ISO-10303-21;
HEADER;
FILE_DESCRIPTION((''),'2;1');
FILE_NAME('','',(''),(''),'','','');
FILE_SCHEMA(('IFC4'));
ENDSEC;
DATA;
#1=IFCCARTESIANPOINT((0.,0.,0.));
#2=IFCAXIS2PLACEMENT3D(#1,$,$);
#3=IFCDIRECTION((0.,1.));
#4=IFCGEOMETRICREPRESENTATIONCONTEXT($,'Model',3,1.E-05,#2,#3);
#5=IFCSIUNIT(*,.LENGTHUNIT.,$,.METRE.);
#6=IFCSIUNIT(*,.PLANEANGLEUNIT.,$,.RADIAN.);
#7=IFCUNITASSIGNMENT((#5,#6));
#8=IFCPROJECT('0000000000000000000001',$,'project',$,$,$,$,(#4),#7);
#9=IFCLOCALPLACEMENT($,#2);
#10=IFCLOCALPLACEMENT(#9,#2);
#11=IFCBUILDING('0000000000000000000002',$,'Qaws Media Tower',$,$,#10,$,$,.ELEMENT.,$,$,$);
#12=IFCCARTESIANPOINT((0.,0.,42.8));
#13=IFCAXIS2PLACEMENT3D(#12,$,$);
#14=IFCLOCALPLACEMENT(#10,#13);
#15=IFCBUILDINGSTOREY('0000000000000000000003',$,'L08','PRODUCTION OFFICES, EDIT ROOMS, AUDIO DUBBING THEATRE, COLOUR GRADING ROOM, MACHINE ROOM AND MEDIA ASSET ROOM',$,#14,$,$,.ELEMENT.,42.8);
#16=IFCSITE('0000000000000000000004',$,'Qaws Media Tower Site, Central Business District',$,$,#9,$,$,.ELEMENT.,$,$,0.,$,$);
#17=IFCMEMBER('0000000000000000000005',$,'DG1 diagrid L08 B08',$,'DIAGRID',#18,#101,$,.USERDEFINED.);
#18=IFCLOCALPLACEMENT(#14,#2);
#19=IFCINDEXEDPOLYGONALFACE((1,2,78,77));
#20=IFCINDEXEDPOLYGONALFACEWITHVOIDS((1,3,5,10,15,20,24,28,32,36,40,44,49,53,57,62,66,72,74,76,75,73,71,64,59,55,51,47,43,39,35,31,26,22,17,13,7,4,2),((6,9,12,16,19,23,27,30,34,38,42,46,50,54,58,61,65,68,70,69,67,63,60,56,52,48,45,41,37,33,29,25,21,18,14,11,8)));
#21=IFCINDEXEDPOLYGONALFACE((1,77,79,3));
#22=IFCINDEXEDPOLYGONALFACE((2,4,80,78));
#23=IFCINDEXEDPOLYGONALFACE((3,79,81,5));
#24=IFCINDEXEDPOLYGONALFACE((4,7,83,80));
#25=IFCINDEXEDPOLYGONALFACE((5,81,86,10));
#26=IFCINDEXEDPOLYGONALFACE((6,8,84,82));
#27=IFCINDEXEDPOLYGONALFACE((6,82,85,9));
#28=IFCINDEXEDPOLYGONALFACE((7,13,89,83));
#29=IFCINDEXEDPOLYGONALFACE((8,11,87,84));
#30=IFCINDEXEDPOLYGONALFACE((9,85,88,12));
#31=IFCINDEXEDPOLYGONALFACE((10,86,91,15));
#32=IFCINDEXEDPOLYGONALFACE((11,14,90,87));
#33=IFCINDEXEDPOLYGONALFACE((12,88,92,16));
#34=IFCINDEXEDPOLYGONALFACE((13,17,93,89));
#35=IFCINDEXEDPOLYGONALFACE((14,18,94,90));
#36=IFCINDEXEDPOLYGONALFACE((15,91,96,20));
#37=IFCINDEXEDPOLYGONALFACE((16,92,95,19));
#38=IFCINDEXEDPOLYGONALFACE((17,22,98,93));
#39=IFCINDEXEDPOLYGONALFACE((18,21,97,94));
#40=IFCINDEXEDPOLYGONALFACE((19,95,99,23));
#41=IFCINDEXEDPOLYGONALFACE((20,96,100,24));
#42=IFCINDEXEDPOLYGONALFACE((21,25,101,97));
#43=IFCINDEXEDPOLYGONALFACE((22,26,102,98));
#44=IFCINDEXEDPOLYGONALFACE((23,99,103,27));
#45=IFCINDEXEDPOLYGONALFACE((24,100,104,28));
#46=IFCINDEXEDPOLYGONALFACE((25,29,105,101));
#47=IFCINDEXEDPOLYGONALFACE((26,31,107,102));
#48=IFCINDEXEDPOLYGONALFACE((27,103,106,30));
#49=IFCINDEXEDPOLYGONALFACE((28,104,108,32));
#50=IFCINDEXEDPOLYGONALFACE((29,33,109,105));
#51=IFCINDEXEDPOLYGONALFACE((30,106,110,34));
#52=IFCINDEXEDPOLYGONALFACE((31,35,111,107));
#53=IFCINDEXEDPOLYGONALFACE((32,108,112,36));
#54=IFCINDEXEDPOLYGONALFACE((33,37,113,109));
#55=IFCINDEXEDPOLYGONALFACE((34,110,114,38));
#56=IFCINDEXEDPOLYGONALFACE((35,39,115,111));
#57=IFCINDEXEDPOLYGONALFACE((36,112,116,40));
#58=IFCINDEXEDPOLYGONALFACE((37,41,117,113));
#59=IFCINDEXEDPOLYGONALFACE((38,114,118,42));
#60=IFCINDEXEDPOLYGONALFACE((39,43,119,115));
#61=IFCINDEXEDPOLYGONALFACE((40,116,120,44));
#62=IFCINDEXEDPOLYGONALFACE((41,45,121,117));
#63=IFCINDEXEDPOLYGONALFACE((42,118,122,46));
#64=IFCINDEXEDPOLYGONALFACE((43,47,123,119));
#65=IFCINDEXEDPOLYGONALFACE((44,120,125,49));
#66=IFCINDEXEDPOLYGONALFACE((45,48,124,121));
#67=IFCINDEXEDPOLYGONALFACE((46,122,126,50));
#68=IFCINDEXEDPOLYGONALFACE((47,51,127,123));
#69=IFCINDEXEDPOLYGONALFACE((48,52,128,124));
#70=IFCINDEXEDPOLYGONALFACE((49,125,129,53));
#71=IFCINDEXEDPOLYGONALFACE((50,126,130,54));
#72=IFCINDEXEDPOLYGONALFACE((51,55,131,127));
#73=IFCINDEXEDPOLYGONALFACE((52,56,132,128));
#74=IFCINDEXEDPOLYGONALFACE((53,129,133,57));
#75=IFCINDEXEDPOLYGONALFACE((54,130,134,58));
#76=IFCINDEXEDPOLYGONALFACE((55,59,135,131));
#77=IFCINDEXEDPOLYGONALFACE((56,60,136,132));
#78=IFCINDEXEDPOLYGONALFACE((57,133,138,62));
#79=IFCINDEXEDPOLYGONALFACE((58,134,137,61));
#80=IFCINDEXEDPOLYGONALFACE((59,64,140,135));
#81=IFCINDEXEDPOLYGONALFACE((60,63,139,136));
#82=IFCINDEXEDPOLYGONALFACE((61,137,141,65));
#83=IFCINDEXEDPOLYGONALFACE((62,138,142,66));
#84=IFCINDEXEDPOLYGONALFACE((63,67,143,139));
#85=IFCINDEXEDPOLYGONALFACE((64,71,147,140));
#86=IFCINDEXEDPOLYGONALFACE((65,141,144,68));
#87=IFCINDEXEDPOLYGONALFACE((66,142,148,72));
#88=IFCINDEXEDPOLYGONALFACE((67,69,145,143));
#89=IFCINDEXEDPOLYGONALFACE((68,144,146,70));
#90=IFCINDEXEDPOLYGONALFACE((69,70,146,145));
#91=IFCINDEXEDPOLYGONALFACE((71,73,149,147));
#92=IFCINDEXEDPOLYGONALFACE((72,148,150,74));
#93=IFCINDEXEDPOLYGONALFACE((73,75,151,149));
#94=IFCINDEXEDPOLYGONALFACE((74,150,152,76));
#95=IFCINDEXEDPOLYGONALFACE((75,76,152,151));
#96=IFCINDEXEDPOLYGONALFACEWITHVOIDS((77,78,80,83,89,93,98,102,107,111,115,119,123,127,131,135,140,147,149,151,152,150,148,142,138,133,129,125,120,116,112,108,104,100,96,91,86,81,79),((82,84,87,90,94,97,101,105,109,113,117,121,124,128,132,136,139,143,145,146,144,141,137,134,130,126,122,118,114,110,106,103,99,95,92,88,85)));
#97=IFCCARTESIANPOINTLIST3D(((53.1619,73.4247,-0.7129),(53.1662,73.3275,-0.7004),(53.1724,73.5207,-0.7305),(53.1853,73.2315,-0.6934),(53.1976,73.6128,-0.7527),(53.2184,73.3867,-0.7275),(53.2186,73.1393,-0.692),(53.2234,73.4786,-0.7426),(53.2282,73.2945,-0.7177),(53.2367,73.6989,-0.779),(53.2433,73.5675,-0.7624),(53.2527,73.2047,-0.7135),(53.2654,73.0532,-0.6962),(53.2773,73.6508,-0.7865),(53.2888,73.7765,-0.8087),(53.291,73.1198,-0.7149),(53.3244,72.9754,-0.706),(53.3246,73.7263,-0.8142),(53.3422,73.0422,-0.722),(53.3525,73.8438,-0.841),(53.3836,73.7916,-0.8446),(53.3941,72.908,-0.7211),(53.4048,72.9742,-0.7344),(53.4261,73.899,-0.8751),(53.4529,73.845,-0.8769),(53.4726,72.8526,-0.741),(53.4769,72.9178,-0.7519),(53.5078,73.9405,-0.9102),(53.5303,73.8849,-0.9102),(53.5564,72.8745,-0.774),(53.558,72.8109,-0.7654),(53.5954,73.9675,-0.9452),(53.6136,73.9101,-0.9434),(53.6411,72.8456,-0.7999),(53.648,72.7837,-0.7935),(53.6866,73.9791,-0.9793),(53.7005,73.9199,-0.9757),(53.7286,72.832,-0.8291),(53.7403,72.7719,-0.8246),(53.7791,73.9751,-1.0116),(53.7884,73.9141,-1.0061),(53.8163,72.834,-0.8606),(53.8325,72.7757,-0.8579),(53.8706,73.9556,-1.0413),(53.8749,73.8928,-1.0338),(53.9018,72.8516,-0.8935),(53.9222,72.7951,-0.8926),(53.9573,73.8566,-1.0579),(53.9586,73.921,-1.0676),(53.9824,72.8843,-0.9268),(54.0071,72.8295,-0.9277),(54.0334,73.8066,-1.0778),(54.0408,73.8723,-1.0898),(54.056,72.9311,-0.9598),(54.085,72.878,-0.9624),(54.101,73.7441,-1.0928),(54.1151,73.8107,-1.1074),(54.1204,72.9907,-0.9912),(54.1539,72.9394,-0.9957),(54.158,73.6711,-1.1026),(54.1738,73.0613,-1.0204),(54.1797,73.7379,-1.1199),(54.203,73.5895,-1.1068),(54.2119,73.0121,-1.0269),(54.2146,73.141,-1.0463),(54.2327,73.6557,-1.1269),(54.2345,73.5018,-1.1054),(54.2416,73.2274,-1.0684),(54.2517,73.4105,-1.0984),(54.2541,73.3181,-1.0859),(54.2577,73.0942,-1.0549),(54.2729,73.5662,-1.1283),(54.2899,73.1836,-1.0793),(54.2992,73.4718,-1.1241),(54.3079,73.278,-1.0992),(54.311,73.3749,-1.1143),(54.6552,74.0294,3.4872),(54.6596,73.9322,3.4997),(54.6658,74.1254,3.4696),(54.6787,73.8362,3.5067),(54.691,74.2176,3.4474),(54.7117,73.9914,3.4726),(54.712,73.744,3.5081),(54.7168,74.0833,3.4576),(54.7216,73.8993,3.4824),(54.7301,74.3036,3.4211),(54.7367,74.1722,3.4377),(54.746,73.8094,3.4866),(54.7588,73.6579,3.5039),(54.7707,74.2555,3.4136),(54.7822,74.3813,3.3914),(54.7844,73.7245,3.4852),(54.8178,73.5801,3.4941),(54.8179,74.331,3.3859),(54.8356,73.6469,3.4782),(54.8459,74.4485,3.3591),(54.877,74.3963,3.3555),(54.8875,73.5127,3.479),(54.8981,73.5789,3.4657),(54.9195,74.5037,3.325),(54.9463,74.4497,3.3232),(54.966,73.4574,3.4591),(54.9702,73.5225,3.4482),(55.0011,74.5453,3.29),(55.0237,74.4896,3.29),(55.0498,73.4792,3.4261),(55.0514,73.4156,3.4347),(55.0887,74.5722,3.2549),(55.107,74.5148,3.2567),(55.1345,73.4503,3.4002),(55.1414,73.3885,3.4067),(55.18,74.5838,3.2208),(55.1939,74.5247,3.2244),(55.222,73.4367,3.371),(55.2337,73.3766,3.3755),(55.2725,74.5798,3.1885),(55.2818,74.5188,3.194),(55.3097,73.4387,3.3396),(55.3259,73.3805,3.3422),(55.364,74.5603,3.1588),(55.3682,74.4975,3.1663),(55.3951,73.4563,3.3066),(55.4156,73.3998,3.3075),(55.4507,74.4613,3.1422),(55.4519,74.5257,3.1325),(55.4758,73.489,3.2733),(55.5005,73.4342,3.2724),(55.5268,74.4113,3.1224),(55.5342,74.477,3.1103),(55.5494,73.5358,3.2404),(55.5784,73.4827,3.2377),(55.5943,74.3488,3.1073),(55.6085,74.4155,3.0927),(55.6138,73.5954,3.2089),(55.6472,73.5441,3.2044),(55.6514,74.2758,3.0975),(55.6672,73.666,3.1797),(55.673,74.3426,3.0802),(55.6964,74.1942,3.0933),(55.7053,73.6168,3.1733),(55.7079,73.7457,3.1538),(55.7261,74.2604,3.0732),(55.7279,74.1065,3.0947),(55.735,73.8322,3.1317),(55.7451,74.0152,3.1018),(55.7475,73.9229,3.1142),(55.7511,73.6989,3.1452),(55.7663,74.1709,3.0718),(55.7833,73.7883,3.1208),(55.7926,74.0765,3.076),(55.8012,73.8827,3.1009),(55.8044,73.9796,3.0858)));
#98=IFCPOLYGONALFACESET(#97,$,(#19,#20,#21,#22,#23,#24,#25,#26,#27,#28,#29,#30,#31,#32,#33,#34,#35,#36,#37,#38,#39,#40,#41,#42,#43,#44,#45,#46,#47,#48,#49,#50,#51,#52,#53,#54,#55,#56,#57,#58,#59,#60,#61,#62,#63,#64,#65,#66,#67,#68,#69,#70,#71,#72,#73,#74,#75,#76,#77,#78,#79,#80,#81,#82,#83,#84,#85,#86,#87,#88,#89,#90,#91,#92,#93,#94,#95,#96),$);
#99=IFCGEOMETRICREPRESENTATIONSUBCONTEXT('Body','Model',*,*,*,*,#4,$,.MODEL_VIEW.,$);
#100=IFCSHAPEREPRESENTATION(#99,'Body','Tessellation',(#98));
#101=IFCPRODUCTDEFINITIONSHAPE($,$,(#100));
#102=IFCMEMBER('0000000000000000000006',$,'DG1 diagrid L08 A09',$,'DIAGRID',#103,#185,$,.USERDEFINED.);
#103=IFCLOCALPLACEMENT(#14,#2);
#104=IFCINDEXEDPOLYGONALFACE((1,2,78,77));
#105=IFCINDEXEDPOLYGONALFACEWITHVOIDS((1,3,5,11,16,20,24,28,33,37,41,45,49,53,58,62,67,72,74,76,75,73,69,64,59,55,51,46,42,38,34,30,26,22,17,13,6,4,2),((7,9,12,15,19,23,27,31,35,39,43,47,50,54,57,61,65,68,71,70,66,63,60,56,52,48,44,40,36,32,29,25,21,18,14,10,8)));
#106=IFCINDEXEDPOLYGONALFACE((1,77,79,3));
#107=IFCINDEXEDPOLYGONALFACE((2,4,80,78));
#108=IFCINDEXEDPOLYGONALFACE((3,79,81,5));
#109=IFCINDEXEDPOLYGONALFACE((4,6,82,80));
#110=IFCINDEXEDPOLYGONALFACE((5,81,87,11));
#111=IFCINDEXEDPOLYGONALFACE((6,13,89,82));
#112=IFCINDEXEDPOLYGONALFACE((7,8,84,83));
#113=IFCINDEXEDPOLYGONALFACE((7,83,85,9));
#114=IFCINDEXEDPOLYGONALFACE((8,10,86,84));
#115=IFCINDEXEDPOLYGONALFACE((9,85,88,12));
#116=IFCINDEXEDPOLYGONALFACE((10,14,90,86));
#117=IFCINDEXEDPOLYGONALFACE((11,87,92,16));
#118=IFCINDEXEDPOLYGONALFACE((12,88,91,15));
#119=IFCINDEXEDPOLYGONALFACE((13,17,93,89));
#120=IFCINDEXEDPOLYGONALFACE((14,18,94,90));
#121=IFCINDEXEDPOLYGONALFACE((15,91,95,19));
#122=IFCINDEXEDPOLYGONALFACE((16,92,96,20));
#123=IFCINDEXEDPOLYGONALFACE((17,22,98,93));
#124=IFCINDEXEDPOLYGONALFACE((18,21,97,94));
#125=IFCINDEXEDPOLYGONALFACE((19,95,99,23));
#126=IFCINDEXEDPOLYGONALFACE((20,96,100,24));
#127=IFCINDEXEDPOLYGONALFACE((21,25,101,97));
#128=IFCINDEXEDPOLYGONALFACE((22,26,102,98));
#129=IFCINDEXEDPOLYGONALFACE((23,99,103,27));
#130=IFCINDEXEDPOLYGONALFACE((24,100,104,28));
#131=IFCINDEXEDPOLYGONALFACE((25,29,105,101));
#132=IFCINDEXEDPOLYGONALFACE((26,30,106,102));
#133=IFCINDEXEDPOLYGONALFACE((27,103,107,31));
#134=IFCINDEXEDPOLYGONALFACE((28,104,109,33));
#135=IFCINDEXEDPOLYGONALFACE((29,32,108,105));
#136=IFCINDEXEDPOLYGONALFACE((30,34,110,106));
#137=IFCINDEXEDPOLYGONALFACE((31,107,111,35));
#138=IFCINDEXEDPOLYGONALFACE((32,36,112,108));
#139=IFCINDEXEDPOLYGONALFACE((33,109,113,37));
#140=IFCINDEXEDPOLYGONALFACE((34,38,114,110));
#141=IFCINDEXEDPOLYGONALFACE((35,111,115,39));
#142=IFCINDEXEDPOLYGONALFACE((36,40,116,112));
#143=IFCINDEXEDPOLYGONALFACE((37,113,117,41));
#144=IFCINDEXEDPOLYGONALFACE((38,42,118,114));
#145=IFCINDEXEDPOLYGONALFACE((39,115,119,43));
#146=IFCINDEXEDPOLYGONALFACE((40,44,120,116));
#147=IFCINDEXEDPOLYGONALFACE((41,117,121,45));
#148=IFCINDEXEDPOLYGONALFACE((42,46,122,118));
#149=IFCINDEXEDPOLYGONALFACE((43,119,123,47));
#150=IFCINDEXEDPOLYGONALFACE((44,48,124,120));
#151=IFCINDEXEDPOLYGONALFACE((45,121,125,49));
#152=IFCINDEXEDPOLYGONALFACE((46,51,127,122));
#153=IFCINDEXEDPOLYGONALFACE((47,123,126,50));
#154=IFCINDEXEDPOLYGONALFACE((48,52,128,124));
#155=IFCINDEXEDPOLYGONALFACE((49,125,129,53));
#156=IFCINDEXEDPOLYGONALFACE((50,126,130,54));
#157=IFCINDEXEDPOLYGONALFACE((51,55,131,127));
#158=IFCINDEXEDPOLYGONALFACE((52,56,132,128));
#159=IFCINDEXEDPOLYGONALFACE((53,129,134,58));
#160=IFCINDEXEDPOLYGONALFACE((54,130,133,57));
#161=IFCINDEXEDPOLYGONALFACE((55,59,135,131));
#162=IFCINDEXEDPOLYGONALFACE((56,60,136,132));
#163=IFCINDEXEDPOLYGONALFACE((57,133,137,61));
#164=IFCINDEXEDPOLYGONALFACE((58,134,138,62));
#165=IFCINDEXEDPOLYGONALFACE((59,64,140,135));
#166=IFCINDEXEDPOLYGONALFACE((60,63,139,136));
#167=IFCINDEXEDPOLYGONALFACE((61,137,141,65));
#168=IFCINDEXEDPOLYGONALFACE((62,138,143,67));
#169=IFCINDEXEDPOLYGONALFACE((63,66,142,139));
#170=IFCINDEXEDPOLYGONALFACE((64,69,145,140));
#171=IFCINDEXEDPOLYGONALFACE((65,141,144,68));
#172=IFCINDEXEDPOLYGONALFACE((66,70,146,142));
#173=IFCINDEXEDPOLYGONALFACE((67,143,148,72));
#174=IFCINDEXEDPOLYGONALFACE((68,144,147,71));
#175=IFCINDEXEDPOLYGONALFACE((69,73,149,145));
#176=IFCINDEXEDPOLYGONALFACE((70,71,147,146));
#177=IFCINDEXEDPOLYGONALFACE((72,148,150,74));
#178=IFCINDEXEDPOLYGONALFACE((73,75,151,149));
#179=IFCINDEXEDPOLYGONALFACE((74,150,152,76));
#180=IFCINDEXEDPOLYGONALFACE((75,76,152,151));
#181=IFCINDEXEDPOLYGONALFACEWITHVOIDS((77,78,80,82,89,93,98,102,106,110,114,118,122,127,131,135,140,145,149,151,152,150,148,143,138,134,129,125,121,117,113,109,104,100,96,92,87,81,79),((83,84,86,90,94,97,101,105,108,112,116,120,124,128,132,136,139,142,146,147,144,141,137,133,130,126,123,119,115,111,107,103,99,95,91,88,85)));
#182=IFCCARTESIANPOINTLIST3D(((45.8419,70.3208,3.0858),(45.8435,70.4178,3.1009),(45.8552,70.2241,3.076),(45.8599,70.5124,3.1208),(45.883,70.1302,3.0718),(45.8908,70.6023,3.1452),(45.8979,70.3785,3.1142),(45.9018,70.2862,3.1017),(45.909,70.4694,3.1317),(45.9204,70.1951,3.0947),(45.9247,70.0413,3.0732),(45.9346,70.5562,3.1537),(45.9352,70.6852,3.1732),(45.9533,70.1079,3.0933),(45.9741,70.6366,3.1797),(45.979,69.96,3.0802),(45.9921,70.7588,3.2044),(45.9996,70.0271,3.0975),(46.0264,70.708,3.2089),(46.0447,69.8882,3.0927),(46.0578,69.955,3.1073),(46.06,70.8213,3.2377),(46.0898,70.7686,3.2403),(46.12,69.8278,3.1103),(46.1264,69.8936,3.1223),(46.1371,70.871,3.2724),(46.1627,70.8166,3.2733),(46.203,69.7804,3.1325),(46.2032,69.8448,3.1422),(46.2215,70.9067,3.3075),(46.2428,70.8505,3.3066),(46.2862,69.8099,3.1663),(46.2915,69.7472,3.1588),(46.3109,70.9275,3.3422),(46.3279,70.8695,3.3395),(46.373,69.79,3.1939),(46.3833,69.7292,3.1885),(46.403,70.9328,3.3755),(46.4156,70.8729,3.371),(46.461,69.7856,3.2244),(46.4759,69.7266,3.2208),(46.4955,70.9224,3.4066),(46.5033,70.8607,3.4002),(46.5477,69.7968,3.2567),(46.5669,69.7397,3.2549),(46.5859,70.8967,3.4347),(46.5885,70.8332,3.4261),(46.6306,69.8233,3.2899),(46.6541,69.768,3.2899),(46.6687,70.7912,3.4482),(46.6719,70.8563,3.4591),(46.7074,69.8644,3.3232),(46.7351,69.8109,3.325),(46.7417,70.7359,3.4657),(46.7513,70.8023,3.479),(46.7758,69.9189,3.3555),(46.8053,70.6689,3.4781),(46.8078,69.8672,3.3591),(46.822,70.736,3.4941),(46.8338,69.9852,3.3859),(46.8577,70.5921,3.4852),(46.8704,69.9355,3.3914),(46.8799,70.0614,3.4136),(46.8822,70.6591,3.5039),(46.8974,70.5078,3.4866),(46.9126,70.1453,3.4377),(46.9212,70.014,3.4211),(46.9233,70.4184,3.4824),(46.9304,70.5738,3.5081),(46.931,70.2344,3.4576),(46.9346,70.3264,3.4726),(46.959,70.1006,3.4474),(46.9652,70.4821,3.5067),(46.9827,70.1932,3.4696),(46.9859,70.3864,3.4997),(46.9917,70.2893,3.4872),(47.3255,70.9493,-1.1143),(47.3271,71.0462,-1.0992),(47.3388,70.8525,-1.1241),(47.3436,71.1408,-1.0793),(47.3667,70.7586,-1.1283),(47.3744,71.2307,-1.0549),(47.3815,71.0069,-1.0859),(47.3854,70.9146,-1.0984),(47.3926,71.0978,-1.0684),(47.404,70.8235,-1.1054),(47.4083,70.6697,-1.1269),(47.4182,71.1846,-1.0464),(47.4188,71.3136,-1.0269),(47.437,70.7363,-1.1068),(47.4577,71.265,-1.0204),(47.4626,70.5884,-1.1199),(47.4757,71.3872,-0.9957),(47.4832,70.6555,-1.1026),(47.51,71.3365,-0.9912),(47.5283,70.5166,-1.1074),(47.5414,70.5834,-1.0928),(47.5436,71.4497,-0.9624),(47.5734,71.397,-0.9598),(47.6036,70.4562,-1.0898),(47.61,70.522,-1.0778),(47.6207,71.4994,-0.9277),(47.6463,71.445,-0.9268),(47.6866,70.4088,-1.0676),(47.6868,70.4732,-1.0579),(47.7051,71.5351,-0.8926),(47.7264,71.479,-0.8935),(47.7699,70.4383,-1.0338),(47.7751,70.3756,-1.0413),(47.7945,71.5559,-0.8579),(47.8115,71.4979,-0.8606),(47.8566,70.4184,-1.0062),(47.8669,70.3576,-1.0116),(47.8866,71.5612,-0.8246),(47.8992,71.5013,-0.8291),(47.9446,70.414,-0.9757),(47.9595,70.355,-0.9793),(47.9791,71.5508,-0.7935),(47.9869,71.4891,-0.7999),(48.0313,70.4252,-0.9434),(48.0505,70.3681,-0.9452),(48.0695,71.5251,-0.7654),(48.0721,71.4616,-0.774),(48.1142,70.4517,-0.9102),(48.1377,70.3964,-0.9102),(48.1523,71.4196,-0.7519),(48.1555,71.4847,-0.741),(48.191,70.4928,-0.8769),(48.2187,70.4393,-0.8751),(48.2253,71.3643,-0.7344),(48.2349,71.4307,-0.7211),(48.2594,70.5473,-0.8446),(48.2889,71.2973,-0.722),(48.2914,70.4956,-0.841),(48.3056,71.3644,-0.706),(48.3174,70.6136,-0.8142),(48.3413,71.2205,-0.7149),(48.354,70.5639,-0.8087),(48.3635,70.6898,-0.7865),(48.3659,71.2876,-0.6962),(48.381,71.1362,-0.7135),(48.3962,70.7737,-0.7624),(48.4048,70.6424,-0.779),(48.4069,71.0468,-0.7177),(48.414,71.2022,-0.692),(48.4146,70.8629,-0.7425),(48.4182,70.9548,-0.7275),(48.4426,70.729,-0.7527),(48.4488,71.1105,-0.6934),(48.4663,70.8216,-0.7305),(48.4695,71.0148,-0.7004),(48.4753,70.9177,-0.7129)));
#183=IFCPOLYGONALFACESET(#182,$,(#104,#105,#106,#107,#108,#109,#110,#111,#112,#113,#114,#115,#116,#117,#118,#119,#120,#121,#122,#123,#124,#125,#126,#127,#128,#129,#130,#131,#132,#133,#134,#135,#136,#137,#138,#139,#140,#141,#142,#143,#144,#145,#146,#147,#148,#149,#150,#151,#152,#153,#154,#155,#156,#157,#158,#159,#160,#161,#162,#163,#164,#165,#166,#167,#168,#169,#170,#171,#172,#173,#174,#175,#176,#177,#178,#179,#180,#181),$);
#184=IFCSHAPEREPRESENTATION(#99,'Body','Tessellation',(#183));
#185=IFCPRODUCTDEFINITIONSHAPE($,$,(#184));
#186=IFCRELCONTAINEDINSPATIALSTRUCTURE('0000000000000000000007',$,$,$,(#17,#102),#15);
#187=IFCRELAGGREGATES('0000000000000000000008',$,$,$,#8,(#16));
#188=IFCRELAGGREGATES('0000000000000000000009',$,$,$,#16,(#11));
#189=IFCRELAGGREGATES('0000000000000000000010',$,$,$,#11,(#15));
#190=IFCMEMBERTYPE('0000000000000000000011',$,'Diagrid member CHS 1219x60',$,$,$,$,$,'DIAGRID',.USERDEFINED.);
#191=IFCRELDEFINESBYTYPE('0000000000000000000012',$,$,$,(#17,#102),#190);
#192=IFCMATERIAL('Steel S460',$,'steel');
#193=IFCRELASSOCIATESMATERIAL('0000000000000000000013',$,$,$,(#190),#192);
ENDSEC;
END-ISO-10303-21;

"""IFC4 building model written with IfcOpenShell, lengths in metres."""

from ifc_helpers import new_model, si_unit, direction, frame, origin, origin_2d, place, context, subcontext, project, spatial, hollow_circle, extrude, material, material_profile, profile_set, type_object, element, save


model = new_model("IFC4")

# Units and contexts
model_context = context("Model", 3, precision=1e-05, world=origin(), true_north=direction((0.0, 1.0)))
body_context = subcontext(model_context, "Body", "Model", "MODEL_VIEW")
ifc_project = project(units=[si_unit("LENGTHUNIT", "METRE"), si_unit("PLANEANGLEUNIT", "RADIAN")], contexts=[model_context])

# Site, building, storey
site_placement = place(None, origin())
site = spatial("IfcSite", under=ifc_project, at=site_placement, Name="Qaws Media Tower Site, Central Business District", CompositionType="ELEMENT", RefElevation=0.0)
building_placement = place(site_placement, origin())
building = spatial("IfcBuilding", under=site, at=building_placement, Name="Qaws Media Tower", CompositionType="ELEMENT")
storey_placement = place(building_placement, frame((0.0, 0.0, 42.8)))
storey = spatial("IfcBuildingStorey", under=building, at=storey_placement, Name="L08", Description="PRODUCTION OFFICES, EDIT ROOMS, AUDIO DUBBING THEATRE, COLOUR GRADING ROOM, MACHINE ROOM AND MEDIA ASSET ROOM", CompositionType="ELEMENT", Elevation=42.8)

# Members
ifc_material_1 = material(Name="Steel S460", Category="steel")
ifc_material_profile_1 = material_profile(ifc_material_1, hollow_circle(Radius=0.6096, WallThickness=0.0601, at=origin_2d()), Name="CHS 1219x60")
ifc_profile_set_1 = profile_set([ifc_material_profile_1], Name="Steel S460")
member_type_1 = type_object("IfcMemberType", Name="Diagrid member CHS 1219x60", ElementType="DIAGRID", PredefinedType="USERDEFINED", material=ifc_profile_set_1)
for number, where, z_axis, x_axis, name in (
    (1, (53.7366, 73.3755, -0.9102), (0.33197, 0.134427, 0.933662), (-0.375332, 0.92689, 0.0), "DG1 diagrid L08 B08"),
    (2, (47.8999, 70.9578, -0.9102), (-0.329798, -0.139691, 0.933659), (0.390021, -0.920806, 0.0), "DG1 diagrid L08 A09"),
):
    element("IfcMember", number, at=place(storey_placement, frame(where, z_axis=z_axis, x_axis=x_axis)), inside=storey, type_object=member_type_1, Name=name, ObjectType="DIAGRID", PredefinedType="USERDEFINED", context=body_context, shape_type="SweptSolid", body=[
        extrude(hollow_circle(Radius=0.6096, WallThickness=0.0601, at=origin_2d()), origin(), (0.0, 0.0, 1.0), 4.4985),
    ])

save(model, "model.ifc")
